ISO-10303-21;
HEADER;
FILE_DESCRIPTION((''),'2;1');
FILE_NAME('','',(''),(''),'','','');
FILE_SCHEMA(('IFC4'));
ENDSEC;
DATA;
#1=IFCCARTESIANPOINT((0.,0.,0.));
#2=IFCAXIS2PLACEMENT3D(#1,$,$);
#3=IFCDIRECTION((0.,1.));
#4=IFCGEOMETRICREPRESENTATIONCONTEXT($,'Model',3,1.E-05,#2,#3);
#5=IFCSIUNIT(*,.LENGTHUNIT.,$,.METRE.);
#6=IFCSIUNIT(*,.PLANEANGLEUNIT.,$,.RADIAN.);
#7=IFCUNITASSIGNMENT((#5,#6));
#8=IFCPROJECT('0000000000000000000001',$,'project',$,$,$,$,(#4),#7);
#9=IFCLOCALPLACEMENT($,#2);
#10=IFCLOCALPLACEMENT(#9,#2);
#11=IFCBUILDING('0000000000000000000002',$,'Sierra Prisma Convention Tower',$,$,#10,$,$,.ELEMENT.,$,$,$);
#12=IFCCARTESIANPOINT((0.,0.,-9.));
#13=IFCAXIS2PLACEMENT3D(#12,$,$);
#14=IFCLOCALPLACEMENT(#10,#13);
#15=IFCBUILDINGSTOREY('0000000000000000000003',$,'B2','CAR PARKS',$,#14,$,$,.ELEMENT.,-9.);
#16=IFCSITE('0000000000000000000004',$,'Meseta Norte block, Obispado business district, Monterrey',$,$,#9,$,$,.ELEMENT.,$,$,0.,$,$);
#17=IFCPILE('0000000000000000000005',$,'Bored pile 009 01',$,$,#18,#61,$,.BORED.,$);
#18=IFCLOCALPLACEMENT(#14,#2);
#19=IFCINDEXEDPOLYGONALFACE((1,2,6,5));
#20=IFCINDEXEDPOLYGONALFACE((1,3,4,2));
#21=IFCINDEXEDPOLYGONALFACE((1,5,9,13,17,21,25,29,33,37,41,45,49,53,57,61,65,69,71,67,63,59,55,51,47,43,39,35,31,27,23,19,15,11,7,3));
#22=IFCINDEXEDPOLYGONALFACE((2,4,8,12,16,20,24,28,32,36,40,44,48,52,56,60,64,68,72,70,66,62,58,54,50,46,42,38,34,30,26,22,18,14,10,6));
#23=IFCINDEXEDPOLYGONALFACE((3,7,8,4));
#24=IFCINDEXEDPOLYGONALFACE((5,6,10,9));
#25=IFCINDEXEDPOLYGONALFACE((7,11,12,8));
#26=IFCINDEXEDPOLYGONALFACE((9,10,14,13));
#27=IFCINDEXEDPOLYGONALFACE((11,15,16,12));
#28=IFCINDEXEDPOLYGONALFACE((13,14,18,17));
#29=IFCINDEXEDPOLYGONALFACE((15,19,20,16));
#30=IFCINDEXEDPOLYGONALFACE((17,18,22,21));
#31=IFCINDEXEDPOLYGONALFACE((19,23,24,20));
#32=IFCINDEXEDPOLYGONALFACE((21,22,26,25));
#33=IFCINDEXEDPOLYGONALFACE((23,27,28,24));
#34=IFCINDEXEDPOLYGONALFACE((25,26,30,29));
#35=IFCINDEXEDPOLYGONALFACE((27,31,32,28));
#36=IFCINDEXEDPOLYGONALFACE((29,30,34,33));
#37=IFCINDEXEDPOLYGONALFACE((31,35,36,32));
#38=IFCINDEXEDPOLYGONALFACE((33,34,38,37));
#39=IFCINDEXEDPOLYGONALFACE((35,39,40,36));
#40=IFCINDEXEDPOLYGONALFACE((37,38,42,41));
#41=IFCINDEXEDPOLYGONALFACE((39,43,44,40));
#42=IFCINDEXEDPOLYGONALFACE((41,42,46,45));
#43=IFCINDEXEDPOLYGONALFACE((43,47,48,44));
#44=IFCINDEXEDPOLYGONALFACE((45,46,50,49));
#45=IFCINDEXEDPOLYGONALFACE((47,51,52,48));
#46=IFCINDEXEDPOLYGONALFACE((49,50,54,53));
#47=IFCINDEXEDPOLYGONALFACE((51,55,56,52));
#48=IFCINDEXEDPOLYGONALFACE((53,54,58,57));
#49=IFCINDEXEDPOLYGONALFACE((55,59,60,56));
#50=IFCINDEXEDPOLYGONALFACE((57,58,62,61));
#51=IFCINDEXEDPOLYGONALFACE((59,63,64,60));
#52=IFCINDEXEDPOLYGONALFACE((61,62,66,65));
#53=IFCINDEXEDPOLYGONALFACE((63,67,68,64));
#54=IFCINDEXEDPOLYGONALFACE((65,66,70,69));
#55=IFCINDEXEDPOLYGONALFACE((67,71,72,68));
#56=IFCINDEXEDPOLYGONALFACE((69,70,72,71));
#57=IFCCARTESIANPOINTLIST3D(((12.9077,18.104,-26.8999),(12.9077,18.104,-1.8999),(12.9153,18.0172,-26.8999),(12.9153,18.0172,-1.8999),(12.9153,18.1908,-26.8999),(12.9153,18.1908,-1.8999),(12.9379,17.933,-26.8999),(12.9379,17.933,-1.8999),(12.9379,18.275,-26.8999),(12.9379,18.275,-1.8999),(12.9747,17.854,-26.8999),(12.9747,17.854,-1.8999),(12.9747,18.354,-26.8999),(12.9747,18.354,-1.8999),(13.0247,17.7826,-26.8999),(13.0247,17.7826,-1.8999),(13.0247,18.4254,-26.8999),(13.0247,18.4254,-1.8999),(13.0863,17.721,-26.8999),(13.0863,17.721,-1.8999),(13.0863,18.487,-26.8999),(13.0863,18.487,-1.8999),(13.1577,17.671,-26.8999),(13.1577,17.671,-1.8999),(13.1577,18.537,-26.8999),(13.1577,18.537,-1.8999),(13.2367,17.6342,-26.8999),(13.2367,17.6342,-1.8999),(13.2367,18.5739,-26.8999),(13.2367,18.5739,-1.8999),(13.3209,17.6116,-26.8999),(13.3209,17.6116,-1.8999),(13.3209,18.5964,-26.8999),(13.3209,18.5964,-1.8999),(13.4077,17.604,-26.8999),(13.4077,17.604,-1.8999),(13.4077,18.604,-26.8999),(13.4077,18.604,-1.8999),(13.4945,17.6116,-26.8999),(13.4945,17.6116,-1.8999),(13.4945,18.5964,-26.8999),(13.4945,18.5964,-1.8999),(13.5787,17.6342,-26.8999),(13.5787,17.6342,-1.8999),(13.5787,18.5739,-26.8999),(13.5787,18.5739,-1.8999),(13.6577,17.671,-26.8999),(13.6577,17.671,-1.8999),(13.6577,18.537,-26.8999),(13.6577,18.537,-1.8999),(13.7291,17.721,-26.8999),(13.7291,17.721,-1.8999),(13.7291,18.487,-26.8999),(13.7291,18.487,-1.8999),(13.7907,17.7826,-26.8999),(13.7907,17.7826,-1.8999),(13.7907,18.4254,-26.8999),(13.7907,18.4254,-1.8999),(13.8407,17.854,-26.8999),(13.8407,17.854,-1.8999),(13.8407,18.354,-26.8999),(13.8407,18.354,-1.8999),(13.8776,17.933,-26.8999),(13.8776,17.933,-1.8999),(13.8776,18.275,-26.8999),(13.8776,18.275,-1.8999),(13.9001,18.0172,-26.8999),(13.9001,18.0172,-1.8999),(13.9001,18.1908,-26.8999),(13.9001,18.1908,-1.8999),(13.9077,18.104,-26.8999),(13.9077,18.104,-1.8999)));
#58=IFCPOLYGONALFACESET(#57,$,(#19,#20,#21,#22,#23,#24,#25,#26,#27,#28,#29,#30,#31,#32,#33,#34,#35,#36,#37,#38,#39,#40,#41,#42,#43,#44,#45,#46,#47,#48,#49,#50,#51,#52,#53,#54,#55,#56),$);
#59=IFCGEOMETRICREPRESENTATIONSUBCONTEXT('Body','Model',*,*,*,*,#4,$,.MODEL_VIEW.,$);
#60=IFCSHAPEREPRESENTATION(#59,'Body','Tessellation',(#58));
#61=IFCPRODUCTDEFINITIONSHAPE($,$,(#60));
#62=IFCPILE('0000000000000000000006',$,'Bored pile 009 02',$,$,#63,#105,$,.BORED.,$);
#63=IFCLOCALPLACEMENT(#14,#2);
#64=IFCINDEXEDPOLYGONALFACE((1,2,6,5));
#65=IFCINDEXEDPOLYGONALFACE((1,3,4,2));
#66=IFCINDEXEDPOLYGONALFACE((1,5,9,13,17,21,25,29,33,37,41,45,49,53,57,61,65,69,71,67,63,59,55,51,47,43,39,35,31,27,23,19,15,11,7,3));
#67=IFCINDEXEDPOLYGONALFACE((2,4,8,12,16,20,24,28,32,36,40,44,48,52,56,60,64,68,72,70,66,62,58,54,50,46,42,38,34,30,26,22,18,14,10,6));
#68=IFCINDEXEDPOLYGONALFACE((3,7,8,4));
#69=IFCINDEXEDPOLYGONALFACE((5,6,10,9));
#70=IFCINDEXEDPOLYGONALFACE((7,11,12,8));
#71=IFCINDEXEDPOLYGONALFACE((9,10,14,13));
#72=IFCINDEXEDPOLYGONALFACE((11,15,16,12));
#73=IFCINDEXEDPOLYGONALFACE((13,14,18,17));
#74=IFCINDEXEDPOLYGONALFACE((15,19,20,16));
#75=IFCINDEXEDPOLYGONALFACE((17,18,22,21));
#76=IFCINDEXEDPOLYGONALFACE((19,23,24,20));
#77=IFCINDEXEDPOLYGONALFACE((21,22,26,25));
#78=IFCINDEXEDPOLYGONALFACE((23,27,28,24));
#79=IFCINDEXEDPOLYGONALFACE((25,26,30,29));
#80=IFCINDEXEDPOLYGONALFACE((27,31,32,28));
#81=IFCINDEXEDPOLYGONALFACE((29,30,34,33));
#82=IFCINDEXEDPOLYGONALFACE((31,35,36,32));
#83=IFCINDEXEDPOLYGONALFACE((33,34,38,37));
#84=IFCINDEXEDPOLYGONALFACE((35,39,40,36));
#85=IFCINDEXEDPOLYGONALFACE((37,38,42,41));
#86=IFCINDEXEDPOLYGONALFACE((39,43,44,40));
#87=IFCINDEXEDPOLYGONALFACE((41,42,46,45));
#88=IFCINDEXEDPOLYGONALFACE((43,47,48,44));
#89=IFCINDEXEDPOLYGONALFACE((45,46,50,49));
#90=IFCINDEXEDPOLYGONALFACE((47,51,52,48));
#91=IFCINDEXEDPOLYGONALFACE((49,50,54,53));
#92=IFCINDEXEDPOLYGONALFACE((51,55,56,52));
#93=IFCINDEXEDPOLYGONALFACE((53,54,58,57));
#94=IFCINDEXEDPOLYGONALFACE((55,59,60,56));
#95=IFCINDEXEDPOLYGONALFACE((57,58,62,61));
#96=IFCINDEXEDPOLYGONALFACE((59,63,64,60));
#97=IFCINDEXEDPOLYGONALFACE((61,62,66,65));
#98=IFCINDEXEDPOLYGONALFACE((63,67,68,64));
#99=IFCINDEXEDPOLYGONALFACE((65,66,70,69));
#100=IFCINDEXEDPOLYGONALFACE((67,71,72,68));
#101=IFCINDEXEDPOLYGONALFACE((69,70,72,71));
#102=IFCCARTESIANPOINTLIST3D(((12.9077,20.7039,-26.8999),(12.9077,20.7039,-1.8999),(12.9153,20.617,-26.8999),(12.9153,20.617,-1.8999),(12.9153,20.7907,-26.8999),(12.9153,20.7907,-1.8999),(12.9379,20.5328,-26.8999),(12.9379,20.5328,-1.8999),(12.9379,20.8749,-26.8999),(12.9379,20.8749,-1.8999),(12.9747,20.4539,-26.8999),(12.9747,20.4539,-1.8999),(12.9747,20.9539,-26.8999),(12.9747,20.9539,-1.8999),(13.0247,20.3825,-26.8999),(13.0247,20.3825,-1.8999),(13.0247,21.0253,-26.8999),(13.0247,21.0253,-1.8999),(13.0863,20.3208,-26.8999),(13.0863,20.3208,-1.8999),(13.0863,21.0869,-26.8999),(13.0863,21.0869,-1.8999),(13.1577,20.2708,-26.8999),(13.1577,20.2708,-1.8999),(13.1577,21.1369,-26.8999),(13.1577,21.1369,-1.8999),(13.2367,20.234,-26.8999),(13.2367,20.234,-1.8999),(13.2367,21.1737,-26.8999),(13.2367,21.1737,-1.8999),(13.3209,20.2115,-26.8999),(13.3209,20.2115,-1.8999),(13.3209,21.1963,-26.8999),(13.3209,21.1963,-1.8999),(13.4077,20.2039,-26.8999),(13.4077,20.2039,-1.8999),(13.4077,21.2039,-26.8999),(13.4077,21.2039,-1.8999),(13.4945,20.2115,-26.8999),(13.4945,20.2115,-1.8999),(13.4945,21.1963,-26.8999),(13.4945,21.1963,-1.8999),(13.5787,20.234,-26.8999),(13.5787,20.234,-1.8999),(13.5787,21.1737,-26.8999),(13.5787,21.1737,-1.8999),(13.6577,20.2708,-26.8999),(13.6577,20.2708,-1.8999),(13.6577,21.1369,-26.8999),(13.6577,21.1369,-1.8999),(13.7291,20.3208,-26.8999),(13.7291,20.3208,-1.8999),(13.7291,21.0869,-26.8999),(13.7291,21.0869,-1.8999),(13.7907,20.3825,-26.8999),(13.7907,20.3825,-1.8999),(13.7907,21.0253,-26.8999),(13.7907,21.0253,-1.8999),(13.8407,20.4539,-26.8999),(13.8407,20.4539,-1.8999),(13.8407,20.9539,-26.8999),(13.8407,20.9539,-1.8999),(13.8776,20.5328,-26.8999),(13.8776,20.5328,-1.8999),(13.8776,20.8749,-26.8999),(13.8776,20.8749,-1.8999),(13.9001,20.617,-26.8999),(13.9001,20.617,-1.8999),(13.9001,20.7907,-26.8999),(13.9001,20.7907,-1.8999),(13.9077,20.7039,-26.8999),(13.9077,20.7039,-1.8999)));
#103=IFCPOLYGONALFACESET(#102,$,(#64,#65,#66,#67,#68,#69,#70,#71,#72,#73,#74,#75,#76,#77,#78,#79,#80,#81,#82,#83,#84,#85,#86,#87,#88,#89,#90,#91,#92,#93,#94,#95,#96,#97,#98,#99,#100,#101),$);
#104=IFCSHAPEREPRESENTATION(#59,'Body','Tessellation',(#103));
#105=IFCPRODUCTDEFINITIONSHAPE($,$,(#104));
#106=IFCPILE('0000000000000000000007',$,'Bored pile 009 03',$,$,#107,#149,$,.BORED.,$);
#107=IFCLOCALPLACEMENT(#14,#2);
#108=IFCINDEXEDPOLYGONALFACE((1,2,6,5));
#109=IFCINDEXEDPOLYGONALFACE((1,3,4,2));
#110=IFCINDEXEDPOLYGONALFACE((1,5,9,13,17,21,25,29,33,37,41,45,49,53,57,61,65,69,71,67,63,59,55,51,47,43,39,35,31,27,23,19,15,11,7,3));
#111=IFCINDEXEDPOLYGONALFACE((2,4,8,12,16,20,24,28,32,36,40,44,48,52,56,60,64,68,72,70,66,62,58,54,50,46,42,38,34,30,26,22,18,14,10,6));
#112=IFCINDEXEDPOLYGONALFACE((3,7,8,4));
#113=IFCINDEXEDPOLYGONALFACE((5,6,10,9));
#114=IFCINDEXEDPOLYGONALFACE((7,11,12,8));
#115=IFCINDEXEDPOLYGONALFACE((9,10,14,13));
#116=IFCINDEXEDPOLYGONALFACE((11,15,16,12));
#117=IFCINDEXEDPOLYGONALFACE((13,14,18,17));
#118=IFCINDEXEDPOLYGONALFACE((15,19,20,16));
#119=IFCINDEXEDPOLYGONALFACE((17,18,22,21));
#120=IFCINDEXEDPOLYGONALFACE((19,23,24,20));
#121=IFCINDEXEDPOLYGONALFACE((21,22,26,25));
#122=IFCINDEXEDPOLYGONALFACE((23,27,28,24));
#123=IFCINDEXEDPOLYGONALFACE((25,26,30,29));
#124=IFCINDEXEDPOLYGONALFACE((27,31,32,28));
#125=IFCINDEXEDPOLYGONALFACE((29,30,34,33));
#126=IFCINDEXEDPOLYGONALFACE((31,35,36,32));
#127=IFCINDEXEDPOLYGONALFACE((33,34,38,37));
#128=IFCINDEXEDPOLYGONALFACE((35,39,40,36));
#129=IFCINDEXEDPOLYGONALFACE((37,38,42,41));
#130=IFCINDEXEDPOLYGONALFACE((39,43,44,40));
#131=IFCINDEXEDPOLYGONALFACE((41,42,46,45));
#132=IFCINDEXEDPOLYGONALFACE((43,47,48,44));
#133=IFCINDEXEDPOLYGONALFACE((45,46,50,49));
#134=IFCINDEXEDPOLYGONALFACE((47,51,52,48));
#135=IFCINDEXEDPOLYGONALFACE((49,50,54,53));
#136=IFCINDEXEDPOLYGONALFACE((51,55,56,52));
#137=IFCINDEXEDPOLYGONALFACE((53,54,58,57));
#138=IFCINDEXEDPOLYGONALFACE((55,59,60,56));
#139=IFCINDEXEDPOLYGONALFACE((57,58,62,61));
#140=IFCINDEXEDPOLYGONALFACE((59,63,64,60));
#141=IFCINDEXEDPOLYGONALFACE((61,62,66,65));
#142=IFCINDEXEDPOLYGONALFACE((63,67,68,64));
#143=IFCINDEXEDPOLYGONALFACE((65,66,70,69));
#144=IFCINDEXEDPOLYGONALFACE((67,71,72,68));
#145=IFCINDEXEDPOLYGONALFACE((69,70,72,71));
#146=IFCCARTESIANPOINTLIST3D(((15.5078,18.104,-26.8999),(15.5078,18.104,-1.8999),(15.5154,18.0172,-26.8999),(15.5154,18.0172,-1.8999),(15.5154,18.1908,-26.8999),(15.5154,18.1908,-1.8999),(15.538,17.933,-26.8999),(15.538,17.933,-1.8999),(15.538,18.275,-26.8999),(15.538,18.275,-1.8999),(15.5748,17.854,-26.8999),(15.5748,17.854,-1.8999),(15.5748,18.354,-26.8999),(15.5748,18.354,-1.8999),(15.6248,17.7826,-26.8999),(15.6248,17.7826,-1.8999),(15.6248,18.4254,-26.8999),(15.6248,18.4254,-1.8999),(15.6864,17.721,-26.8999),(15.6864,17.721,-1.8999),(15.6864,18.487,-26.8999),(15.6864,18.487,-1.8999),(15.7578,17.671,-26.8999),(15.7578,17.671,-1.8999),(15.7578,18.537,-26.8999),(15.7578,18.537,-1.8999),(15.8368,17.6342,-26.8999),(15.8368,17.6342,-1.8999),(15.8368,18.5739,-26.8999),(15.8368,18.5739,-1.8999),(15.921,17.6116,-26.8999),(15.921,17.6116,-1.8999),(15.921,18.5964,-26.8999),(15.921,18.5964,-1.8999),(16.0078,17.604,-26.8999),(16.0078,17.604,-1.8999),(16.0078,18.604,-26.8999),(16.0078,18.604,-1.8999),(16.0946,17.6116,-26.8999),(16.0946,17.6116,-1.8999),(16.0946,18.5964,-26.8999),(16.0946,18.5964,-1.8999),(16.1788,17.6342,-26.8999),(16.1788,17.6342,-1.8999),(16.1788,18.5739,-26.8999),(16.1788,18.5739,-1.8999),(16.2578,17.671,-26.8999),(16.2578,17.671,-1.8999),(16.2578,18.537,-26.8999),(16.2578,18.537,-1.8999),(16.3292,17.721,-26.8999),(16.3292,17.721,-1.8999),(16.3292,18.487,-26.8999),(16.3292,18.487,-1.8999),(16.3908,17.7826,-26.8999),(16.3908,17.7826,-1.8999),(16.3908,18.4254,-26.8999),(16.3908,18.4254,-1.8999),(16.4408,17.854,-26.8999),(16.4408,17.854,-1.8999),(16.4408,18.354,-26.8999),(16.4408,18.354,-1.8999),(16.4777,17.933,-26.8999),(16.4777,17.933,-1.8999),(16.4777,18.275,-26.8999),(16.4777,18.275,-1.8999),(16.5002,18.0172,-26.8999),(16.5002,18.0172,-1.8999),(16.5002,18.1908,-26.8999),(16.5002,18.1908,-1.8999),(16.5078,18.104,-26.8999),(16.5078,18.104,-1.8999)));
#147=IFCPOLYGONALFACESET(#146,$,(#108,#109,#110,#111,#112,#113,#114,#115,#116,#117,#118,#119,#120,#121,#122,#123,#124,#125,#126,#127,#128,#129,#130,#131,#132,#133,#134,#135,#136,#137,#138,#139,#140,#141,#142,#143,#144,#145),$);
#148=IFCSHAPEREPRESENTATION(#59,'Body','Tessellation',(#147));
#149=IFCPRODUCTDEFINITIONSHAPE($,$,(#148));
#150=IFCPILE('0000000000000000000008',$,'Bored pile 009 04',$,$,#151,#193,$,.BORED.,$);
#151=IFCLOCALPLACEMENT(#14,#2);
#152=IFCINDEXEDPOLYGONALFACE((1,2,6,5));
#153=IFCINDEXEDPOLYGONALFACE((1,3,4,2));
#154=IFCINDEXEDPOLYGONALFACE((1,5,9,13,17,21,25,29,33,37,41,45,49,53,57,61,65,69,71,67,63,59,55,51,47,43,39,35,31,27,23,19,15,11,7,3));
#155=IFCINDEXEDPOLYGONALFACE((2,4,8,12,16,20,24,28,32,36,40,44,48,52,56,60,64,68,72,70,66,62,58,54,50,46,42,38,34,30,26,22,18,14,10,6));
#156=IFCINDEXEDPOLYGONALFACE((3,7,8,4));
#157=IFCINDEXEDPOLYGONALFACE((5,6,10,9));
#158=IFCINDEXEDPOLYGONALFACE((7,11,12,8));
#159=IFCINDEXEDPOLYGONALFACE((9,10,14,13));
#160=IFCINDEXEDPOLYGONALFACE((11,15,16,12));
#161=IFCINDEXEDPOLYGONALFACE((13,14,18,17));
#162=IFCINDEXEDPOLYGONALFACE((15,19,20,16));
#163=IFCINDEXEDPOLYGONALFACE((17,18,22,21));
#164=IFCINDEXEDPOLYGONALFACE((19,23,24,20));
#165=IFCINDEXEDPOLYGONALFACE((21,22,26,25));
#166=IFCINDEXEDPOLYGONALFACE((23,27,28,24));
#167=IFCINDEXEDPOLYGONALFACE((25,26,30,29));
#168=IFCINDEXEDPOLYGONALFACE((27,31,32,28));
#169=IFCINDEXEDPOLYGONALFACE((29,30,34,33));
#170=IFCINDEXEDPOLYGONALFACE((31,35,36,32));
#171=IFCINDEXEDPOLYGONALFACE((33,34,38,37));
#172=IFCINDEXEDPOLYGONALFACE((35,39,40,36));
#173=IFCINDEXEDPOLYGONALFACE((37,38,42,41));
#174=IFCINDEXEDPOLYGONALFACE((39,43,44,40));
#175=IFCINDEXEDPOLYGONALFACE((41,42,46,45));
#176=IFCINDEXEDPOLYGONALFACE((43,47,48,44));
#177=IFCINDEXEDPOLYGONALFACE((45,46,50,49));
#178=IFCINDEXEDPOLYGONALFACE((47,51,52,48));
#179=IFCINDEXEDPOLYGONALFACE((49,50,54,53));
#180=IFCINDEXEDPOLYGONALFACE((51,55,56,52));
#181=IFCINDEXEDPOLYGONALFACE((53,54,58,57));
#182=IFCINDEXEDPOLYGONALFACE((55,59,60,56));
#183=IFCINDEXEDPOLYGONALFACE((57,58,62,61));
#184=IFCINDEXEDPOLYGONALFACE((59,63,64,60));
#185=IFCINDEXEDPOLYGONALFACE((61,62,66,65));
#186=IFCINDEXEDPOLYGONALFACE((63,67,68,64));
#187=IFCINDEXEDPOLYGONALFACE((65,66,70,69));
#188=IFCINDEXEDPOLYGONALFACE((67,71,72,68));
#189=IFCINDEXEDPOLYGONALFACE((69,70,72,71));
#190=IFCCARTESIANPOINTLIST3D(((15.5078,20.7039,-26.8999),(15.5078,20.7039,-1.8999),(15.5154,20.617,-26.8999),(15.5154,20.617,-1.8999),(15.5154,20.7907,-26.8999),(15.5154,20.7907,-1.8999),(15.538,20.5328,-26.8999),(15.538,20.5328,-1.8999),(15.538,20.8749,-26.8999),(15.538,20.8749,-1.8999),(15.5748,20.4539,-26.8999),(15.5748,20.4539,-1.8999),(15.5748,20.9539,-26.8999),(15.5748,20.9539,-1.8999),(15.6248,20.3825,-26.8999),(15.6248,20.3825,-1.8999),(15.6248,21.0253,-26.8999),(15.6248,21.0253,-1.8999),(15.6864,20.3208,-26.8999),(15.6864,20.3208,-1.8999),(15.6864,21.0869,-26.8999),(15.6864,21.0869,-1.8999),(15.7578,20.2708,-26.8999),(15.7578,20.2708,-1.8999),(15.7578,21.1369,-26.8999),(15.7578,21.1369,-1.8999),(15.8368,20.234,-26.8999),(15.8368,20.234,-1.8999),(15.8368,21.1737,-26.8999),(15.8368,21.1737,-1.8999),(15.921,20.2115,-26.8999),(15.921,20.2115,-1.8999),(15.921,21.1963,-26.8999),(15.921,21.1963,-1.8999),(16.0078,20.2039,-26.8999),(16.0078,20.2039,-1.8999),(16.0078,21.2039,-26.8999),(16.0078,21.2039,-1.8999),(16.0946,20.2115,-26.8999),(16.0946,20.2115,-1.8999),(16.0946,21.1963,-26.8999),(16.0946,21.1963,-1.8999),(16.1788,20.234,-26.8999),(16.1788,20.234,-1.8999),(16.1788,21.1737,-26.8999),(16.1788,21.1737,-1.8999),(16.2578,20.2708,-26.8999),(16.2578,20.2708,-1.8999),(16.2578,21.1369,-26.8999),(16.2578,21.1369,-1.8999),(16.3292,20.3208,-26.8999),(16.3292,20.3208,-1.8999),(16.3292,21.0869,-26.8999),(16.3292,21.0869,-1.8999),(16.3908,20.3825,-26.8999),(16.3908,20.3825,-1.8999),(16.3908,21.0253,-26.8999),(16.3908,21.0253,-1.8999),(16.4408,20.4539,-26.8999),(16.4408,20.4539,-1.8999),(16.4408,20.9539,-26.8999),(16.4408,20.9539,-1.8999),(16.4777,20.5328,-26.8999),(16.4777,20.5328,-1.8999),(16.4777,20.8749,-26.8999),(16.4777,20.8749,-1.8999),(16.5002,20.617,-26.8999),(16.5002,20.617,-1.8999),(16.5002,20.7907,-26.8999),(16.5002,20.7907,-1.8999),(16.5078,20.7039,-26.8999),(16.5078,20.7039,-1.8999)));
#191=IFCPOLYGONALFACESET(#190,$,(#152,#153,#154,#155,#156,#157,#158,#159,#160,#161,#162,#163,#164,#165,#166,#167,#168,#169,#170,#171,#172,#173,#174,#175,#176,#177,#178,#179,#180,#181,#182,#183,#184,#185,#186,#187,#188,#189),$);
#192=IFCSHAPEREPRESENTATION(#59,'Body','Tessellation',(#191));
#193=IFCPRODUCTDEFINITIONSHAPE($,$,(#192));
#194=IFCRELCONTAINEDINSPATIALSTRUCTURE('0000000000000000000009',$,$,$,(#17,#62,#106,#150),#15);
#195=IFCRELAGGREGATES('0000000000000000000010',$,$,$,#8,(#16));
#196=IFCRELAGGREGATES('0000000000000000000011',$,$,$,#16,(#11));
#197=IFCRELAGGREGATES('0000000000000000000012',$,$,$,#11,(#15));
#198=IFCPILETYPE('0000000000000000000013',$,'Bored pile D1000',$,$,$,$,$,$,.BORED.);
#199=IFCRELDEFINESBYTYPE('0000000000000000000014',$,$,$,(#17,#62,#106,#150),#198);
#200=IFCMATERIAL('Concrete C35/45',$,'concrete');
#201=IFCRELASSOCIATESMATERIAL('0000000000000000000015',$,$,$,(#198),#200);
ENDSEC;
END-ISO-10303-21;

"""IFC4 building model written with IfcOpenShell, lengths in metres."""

from ifc_helpers import new_model, si_unit, direction, frame, origin, origin_2d, place, context, subcontext, project, spatial, circle, extrude, material, material_profile, profile_set, type_object, element, save


model = new_model("IFC4")

# Units and contexts
model_context = context("Model", 3, precision=1e-05, world=origin(), true_north=direction((0.0, 1.0)))
body_context = subcontext(model_context, "Body", "Model", "MODEL_VIEW")
ifc_project = project(units=[si_unit("LENGTHUNIT", "METRE"), si_unit("PLANEANGLEUNIT", "RADIAN")], contexts=[model_context])

# Site, building, storey
site_placement = place(None, origin())
site = spatial("IfcSite", under=ifc_project, at=site_placement, Name="Meseta Norte block, Obispado business district, Monterrey", CompositionType="ELEMENT", RefElevation=0.0)
building_placement = place(site_placement, origin())
building = spatial("IfcBuilding", under=site, at=building_placement, Name="Sierra Prisma Convention Tower", CompositionType="ELEMENT")
storey_placement = place(building_placement, frame((0.0, 0.0, -9.0)))
storey = spatial("IfcBuildingStorey", under=building, at=storey_placement, Name="B2", Description="CAR PARKS", CompositionType="ELEMENT", Elevation=-9.0)

# Piles
ifc_material_1 = material(Name="Concrete C35/45", Category="concrete")
ifc_material_profile_1 = material_profile(ifc_material_1, circle(Radius=0.5, at=origin_2d()), Name="D1000")
ifc_profile_set_1 = profile_set([ifc_material_profile_1], Name="Concrete C35/45")
pile_type_1 = type_object("IfcPileType", Name="Bored pile D1000", PredefinedType="BORED", material=ifc_profile_set_1)
for number, where, z_axis, x_axis, name in (
    (1, (13.4077, 18.104, -1.8999), (0.0, 0.0, -1.0), (1.0, 0.0, 0.0), "Bored pile 009 01"),
    (2, (13.4077, 20.7039, -1.8999), (0.0, 0.0, -1.0), (1.0, 0.0, 0.0), "Bored pile 009 02"),
    (3, (16.0078, 18.104, -1.8999), (0.0, 0.0, -1.0), (1.0, 0.0, 0.0), "Bored pile 009 03"),
    (4, (16.0078, 20.7039, -1.8999), (0.0, 0.0, -1.0), (1.0, 0.0, 0.0), "Bored pile 009 04"),
):
    element("IfcPile", number, at=place(storey_placement, frame(where, z_axis=z_axis, x_axis=x_axis)), inside=storey, type_object=pile_type_1, Name=name, PredefinedType="BORED", context=body_context, shape_type="SweptSolid", body=[
        extrude(circle(Radius=0.5, at=origin_2d()), origin(), (0.0, 0.0, 1.0), 25.0),
    ])

save(model, "model.ifc")
